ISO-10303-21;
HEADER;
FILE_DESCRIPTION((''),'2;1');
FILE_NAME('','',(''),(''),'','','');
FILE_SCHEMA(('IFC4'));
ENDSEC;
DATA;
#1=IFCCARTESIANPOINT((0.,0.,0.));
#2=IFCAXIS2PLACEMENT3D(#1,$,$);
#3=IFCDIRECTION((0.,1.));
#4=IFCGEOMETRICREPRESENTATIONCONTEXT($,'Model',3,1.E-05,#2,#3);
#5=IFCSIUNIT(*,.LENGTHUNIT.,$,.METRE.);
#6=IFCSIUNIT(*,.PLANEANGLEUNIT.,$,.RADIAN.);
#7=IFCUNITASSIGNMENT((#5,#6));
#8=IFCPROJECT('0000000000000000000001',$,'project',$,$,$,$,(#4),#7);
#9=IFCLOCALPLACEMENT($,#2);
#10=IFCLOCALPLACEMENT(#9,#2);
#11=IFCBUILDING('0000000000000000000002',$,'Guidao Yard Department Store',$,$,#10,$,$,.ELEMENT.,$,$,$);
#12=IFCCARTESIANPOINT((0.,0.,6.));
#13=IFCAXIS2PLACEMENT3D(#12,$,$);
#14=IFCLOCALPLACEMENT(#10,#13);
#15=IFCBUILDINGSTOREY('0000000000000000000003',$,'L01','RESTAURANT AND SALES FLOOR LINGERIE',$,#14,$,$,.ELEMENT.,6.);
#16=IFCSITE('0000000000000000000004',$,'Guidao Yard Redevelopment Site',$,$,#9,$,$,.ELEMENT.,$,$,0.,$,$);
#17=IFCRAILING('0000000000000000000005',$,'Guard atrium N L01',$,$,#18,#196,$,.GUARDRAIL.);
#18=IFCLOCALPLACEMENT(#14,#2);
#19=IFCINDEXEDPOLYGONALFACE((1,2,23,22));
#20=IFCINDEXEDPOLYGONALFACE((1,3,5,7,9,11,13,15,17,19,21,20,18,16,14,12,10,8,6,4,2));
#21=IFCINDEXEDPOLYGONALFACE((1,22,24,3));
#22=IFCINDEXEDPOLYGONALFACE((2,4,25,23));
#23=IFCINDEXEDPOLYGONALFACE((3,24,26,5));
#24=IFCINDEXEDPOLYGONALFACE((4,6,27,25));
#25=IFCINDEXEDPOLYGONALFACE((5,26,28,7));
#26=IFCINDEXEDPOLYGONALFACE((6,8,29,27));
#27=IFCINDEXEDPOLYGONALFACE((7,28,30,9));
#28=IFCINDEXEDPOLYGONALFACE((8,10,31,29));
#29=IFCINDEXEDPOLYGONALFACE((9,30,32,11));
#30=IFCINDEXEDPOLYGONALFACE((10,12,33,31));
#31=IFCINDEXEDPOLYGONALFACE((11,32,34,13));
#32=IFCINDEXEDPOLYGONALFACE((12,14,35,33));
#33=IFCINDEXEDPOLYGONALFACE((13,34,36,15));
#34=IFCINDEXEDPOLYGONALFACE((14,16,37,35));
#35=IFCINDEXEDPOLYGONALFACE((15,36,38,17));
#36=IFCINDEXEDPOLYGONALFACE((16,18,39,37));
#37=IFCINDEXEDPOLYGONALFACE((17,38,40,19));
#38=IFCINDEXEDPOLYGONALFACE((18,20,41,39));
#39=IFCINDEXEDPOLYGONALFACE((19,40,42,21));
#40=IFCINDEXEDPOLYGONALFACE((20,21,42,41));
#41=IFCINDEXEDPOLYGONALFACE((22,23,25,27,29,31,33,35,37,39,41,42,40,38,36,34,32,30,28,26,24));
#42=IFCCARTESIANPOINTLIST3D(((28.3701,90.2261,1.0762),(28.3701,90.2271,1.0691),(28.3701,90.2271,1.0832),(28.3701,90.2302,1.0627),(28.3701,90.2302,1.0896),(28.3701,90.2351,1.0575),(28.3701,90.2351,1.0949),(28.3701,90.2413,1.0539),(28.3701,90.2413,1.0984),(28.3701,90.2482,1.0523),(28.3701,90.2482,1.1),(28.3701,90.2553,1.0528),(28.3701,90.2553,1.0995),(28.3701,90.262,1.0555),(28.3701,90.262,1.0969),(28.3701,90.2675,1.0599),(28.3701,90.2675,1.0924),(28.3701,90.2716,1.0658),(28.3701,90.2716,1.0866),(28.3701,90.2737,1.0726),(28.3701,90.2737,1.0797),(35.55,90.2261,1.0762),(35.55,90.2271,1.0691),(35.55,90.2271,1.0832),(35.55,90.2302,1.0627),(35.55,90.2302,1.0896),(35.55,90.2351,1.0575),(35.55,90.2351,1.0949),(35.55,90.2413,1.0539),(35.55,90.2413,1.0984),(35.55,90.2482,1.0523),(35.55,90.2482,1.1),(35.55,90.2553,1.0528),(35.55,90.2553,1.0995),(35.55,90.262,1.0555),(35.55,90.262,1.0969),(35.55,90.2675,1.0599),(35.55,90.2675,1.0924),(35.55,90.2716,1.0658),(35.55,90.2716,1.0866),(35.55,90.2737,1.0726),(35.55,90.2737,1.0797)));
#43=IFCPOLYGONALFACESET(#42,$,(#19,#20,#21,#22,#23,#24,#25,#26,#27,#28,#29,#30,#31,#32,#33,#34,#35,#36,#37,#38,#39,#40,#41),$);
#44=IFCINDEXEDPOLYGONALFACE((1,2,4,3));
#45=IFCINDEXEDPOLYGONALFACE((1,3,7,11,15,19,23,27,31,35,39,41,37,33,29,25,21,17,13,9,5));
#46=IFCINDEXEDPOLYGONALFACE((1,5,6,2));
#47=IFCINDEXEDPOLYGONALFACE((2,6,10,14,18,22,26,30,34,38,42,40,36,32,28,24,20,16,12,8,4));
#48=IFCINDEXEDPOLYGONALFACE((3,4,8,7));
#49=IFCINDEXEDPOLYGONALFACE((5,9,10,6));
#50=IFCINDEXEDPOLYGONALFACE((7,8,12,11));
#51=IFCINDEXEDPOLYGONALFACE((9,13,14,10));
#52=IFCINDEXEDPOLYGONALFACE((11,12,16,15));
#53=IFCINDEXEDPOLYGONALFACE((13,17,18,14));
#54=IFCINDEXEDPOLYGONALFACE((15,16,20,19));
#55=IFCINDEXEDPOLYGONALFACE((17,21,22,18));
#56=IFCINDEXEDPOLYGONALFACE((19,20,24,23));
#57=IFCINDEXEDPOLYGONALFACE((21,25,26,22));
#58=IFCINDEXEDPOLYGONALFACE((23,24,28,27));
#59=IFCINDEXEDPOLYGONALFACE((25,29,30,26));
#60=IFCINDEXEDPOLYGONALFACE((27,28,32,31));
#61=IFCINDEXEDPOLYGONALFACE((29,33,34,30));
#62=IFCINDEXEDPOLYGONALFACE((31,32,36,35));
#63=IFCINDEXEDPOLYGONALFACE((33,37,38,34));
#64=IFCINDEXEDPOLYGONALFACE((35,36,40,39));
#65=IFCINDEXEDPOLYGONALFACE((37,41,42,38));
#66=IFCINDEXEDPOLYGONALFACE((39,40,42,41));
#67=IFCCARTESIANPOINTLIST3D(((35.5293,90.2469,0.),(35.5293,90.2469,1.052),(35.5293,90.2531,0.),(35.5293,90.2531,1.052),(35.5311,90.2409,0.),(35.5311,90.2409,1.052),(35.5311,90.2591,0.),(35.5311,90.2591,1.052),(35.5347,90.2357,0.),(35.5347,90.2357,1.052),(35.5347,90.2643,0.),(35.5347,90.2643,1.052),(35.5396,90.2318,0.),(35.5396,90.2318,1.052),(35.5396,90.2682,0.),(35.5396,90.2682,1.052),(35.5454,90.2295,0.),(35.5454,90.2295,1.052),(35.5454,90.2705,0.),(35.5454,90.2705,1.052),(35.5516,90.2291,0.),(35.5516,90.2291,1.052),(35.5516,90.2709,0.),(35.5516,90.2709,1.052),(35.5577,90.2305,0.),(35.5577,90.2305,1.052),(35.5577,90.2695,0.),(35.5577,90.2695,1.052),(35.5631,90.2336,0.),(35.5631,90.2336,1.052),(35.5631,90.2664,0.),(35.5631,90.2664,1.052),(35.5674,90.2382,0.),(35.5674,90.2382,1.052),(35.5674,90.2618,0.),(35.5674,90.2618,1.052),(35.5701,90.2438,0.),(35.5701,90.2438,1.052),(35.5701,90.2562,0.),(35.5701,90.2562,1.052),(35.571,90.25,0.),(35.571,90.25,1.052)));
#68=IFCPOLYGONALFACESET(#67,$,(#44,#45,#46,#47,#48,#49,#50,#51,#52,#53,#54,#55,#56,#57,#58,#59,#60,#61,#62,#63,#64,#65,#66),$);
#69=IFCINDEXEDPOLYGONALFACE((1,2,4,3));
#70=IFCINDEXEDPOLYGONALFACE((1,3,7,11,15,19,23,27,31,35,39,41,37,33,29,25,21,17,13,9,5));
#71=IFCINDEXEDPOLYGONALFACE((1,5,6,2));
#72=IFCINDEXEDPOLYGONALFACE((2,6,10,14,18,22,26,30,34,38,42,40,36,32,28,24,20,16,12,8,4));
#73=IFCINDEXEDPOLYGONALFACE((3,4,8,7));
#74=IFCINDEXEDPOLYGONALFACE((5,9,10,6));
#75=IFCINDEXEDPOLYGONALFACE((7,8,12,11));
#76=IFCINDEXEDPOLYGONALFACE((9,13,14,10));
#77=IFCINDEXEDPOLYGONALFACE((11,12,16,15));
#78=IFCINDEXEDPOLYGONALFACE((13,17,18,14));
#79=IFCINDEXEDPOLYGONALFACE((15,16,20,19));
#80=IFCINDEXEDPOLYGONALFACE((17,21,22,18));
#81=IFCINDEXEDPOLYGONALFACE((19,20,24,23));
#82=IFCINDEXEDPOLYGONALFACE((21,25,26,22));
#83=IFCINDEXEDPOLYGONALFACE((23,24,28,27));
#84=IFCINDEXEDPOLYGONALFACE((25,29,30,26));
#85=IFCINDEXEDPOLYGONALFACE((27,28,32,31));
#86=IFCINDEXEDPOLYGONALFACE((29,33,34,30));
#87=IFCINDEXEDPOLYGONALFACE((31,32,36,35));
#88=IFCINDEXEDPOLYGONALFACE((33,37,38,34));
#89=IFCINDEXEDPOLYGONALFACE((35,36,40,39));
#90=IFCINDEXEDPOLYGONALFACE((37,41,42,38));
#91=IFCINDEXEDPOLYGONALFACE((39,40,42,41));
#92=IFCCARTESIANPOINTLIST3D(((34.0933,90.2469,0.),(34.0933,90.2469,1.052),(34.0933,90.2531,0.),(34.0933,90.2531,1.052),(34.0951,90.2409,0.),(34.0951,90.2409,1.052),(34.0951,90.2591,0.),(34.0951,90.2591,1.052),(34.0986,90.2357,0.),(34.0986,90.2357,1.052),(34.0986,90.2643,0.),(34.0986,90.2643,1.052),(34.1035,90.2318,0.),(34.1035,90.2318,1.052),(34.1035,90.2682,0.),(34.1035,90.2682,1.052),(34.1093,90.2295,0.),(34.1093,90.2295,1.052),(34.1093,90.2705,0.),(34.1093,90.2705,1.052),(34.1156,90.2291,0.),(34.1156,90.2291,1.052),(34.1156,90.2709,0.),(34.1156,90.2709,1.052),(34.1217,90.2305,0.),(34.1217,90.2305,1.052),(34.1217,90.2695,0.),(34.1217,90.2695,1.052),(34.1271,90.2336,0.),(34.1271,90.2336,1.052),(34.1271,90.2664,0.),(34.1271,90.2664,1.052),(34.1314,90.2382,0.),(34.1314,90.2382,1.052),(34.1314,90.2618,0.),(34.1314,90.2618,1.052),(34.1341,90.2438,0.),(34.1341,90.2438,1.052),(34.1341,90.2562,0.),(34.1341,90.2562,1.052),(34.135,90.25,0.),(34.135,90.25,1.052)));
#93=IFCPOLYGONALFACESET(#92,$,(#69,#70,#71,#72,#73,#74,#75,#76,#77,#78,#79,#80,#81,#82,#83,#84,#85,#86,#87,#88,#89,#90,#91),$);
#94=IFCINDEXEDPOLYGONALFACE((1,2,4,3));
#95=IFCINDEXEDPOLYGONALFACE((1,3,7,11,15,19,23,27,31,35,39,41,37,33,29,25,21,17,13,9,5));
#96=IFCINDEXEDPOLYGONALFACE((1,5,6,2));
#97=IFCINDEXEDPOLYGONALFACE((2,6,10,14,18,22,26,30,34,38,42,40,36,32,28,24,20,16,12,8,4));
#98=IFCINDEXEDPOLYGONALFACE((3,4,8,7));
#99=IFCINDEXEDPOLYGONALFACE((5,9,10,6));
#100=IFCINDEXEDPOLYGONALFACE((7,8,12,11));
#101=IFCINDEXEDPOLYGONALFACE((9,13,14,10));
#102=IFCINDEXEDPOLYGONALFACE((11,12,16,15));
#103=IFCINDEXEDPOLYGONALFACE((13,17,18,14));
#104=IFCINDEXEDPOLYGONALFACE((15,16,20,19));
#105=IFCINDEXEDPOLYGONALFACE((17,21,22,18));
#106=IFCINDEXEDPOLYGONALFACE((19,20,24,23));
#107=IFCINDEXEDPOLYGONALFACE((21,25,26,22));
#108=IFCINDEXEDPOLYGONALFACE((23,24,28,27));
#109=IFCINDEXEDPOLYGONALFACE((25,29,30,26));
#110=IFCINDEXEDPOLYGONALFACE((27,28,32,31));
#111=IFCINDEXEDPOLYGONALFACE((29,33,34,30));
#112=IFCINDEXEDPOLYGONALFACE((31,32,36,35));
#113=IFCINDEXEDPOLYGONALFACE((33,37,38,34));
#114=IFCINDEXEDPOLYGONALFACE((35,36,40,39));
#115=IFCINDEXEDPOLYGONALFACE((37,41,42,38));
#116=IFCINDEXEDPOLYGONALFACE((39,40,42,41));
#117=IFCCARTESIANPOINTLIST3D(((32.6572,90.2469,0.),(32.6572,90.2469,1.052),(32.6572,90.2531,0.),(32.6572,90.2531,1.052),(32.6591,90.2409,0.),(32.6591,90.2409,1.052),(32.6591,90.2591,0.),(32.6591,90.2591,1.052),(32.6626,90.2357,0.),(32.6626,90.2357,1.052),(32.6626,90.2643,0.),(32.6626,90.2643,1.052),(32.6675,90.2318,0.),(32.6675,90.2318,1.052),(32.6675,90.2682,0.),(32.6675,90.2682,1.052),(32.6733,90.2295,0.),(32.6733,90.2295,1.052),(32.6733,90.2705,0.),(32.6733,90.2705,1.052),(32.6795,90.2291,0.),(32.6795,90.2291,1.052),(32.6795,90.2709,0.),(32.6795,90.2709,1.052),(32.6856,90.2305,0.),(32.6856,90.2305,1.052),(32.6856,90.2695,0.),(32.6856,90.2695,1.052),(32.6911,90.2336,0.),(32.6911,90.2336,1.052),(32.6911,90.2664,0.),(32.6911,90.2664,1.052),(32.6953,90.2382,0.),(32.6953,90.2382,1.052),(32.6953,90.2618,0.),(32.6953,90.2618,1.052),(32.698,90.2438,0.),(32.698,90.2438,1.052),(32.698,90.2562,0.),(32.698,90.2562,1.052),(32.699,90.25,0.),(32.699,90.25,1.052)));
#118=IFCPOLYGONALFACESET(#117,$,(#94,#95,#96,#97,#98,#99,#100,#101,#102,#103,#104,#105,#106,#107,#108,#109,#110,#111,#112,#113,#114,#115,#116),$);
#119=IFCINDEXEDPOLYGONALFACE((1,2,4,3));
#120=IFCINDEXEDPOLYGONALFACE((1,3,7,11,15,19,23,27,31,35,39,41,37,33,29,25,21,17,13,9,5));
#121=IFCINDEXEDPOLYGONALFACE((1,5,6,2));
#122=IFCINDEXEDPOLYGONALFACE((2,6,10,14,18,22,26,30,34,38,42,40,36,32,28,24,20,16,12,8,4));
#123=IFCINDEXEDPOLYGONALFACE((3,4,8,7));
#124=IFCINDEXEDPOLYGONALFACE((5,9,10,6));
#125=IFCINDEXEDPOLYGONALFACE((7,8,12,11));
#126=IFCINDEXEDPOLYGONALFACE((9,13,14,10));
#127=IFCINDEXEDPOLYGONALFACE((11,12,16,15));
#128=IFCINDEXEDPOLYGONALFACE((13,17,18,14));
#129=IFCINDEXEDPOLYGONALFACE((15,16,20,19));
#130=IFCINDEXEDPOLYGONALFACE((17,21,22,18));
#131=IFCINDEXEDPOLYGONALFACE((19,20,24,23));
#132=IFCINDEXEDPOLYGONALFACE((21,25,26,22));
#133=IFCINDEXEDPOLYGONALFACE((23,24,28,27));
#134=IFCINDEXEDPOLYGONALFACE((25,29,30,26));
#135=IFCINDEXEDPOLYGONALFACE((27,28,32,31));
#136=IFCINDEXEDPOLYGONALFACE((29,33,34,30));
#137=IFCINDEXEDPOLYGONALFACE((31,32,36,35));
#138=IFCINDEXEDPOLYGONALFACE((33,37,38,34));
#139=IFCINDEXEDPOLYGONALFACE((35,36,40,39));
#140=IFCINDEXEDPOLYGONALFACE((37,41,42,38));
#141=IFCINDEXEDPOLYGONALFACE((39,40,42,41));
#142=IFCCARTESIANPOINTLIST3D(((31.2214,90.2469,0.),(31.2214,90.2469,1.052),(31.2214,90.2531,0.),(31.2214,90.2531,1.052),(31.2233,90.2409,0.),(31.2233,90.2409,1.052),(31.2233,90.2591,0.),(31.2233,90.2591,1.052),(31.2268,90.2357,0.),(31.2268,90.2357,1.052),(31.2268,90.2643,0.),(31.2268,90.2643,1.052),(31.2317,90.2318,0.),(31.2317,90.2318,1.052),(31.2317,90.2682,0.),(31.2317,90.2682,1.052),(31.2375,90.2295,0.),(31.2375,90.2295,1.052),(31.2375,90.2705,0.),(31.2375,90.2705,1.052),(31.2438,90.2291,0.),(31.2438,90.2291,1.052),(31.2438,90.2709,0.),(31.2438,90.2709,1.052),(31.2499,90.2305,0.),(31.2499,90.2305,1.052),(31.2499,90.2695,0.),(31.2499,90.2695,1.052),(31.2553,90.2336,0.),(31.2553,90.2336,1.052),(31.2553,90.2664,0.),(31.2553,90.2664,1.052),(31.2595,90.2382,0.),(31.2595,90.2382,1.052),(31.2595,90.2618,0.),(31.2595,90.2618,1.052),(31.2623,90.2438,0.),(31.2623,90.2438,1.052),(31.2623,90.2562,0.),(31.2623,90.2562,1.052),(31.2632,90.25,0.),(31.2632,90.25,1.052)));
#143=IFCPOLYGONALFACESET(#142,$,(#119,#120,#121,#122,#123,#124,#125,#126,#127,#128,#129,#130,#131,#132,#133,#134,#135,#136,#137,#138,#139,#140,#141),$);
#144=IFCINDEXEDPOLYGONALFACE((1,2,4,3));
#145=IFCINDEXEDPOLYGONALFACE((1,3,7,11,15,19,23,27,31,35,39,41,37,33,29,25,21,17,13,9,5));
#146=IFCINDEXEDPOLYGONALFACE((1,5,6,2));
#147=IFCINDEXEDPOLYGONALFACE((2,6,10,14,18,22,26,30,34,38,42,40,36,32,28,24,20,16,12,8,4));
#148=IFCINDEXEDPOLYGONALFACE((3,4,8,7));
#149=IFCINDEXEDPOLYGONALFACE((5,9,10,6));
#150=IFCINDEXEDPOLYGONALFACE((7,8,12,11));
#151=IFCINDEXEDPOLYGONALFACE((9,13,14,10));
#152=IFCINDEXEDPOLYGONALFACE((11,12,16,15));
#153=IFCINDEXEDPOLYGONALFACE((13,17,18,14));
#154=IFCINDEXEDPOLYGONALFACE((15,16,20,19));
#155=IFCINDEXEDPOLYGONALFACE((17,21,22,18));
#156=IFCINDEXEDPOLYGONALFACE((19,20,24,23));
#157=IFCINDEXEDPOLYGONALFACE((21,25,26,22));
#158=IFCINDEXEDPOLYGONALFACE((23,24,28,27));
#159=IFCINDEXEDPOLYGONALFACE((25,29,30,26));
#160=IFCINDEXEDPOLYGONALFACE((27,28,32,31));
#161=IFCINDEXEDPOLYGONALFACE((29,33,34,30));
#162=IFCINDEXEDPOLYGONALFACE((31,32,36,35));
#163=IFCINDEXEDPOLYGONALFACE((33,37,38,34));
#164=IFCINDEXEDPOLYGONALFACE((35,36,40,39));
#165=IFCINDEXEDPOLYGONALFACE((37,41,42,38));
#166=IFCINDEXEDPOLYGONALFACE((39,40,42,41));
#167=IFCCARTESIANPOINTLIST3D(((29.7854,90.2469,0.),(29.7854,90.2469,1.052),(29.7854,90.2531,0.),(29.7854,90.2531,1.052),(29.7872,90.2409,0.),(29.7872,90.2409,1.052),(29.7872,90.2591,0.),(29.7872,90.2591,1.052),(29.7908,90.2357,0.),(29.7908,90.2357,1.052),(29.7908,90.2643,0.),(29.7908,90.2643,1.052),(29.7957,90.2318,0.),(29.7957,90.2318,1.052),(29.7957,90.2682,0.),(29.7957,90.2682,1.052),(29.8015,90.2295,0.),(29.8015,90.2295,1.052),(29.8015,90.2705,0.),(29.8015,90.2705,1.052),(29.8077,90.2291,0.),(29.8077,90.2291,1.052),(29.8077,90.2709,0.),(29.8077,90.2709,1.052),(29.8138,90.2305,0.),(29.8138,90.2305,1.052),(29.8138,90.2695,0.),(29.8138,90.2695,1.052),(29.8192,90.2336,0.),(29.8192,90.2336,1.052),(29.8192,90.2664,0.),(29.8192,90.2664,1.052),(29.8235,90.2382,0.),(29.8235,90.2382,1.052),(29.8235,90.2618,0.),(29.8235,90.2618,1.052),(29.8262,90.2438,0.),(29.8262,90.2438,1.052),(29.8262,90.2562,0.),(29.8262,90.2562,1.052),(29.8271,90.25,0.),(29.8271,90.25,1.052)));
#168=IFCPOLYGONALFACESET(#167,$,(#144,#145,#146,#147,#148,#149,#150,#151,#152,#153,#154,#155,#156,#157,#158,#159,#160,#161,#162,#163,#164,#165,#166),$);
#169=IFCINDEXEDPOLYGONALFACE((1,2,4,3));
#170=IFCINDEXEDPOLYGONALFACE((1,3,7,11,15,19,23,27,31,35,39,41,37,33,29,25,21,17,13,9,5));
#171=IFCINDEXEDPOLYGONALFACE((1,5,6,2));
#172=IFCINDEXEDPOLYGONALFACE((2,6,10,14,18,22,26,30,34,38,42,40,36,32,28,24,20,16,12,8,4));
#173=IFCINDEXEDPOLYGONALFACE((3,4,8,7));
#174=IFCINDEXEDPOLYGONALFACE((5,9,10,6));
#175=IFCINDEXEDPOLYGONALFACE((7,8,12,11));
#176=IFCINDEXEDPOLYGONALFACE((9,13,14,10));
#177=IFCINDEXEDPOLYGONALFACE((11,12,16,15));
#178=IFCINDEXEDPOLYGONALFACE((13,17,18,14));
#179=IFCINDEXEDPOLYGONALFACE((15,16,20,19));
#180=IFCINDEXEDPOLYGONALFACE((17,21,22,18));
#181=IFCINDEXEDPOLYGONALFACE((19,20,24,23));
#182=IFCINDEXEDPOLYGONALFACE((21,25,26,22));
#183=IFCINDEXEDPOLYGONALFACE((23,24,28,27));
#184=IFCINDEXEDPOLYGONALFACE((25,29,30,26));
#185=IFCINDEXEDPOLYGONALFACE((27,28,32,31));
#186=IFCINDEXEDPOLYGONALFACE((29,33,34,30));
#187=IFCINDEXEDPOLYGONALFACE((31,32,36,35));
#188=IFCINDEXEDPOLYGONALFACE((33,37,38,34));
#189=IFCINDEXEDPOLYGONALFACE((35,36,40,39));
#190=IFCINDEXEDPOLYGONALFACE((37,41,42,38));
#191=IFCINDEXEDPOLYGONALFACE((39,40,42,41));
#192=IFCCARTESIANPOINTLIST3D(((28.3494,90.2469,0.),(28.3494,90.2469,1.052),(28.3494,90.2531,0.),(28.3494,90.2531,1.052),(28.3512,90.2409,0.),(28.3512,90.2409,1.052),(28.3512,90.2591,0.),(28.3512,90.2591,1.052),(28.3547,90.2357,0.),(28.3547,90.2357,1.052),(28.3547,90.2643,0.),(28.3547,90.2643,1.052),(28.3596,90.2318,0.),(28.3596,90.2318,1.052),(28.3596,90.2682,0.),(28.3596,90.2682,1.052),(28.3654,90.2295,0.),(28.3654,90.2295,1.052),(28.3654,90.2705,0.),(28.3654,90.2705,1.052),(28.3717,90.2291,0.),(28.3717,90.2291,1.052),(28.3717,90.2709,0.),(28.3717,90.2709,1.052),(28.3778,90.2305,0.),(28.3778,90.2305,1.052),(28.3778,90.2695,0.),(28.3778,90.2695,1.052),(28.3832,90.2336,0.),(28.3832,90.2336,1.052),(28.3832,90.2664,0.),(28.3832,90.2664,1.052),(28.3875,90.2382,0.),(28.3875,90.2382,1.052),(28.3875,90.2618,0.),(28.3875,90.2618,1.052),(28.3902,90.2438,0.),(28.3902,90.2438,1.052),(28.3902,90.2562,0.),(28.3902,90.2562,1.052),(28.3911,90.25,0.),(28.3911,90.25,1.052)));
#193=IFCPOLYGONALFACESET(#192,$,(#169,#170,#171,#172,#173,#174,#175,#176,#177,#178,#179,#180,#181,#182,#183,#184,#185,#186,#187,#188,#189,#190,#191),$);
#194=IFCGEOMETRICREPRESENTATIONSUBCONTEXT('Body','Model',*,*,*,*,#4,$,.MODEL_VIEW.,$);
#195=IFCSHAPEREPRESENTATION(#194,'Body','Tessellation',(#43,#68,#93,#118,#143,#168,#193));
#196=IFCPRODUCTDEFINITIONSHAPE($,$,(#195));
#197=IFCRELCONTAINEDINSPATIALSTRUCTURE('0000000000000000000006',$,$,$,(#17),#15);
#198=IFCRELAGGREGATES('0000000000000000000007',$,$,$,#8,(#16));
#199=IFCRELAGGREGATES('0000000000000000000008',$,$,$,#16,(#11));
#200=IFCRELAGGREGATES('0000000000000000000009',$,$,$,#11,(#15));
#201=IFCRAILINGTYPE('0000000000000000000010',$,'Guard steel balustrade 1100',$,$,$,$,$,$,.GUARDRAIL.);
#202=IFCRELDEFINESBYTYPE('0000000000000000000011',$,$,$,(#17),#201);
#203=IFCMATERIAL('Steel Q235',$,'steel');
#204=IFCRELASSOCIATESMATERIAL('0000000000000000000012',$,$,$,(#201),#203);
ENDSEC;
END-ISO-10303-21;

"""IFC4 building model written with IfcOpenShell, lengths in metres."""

from ifc_helpers import new_model, si_unit, direction, frame, origin, origin_2d, place, context, subcontext, project, spatial, circle, extrude, material, type_object, element, save


model = new_model("IFC4")

# Units and contexts
model_context = context("Model", 3, precision=1e-05, world=origin(), true_north=direction((0.0, 1.0)))
body_context = subcontext(model_context, "Body", "Model", "MODEL_VIEW")
ifc_project = project(units=[si_unit("LENGTHUNIT", "METRE"), si_unit("PLANEANGLEUNIT", "RADIAN")], contexts=[model_context])

# Site, building, storey
site_placement = place(None, origin())
site = spatial("IfcSite", under=ifc_project, at=site_placement, Name="Guidao Yard Redevelopment Site", CompositionType="ELEMENT", RefElevation=0.0)
building_placement = place(site_placement, origin())
building = spatial("IfcBuilding", under=site, at=building_placement, Name="Guidao Yard Department Store", CompositionType="ELEMENT")
storey_placement = place(building_placement, frame((0.0, 0.0, 6.0)))
storey = spatial("IfcBuildingStorey", under=building, at=storey_placement, Name="L01", Description="RESTAURANT AND SALES FLOOR LINGERIE", CompositionType="ELEMENT", Elevation=6.0)

# Railing
ifc_material_1 = material(Name="Steel Q235", Category="steel")
railing_type_1 = type_object("IfcRailingType", Name="Guard steel balustrade 1100", PredefinedType="GUARDRAIL", material=ifc_material_1)
for number, where, name in (
    (1, (35.55, 90.25, 0.0), "Guard atrium N L01"),
):
    element("IfcRailing", number, at=place(storey_placement, frame(where)), inside=storey, type_object=railing_type_1, Name=name, PredefinedType="GUARDRAIL", context=body_context, shape_type="SweptSolid", body=[
        extrude(circle(Radius=0.0239, at=origin_2d()), frame((0.0, 0.0, 1.0762), z_axis=(-1.0, 0.0, 0.0), x_axis=(0.0, -1.0, 0.0)), (0.0, 0.0, 1.0), 7.1799),
        extrude(circle(Radius=0.021, at=origin_2d()), origin(), (0.0, 0.0, 1.0), 1.052),
        extrude(circle(Radius=0.021, at=origin_2d()), frame((-1.436, 0.0, 0.0)), (0.0, 0.0, 1.0), 1.052),
        extrude(circle(Radius=0.021, at=origin_2d()), frame((-2.8721, 0.0, 0.0)), (0.0, 0.0, 1.0), 1.052),
        extrude(circle(Radius=0.021, at=origin_2d()), frame((-4.3079, 0.0, 0.0)), (0.0, 0.0, 1.0), 1.052),
        extrude(circle(Radius=0.021, at=origin_2d()), frame((-5.7439, 0.0, 0.0)), (0.0, 0.0, 1.0), 1.052),
        extrude(circle(Radius=0.021, at=origin_2d()), frame((-7.1799, 0.0, 0.0)), (0.0, 0.0, 1.0), 1.052),
    ])

save(model, "model.ifc")
